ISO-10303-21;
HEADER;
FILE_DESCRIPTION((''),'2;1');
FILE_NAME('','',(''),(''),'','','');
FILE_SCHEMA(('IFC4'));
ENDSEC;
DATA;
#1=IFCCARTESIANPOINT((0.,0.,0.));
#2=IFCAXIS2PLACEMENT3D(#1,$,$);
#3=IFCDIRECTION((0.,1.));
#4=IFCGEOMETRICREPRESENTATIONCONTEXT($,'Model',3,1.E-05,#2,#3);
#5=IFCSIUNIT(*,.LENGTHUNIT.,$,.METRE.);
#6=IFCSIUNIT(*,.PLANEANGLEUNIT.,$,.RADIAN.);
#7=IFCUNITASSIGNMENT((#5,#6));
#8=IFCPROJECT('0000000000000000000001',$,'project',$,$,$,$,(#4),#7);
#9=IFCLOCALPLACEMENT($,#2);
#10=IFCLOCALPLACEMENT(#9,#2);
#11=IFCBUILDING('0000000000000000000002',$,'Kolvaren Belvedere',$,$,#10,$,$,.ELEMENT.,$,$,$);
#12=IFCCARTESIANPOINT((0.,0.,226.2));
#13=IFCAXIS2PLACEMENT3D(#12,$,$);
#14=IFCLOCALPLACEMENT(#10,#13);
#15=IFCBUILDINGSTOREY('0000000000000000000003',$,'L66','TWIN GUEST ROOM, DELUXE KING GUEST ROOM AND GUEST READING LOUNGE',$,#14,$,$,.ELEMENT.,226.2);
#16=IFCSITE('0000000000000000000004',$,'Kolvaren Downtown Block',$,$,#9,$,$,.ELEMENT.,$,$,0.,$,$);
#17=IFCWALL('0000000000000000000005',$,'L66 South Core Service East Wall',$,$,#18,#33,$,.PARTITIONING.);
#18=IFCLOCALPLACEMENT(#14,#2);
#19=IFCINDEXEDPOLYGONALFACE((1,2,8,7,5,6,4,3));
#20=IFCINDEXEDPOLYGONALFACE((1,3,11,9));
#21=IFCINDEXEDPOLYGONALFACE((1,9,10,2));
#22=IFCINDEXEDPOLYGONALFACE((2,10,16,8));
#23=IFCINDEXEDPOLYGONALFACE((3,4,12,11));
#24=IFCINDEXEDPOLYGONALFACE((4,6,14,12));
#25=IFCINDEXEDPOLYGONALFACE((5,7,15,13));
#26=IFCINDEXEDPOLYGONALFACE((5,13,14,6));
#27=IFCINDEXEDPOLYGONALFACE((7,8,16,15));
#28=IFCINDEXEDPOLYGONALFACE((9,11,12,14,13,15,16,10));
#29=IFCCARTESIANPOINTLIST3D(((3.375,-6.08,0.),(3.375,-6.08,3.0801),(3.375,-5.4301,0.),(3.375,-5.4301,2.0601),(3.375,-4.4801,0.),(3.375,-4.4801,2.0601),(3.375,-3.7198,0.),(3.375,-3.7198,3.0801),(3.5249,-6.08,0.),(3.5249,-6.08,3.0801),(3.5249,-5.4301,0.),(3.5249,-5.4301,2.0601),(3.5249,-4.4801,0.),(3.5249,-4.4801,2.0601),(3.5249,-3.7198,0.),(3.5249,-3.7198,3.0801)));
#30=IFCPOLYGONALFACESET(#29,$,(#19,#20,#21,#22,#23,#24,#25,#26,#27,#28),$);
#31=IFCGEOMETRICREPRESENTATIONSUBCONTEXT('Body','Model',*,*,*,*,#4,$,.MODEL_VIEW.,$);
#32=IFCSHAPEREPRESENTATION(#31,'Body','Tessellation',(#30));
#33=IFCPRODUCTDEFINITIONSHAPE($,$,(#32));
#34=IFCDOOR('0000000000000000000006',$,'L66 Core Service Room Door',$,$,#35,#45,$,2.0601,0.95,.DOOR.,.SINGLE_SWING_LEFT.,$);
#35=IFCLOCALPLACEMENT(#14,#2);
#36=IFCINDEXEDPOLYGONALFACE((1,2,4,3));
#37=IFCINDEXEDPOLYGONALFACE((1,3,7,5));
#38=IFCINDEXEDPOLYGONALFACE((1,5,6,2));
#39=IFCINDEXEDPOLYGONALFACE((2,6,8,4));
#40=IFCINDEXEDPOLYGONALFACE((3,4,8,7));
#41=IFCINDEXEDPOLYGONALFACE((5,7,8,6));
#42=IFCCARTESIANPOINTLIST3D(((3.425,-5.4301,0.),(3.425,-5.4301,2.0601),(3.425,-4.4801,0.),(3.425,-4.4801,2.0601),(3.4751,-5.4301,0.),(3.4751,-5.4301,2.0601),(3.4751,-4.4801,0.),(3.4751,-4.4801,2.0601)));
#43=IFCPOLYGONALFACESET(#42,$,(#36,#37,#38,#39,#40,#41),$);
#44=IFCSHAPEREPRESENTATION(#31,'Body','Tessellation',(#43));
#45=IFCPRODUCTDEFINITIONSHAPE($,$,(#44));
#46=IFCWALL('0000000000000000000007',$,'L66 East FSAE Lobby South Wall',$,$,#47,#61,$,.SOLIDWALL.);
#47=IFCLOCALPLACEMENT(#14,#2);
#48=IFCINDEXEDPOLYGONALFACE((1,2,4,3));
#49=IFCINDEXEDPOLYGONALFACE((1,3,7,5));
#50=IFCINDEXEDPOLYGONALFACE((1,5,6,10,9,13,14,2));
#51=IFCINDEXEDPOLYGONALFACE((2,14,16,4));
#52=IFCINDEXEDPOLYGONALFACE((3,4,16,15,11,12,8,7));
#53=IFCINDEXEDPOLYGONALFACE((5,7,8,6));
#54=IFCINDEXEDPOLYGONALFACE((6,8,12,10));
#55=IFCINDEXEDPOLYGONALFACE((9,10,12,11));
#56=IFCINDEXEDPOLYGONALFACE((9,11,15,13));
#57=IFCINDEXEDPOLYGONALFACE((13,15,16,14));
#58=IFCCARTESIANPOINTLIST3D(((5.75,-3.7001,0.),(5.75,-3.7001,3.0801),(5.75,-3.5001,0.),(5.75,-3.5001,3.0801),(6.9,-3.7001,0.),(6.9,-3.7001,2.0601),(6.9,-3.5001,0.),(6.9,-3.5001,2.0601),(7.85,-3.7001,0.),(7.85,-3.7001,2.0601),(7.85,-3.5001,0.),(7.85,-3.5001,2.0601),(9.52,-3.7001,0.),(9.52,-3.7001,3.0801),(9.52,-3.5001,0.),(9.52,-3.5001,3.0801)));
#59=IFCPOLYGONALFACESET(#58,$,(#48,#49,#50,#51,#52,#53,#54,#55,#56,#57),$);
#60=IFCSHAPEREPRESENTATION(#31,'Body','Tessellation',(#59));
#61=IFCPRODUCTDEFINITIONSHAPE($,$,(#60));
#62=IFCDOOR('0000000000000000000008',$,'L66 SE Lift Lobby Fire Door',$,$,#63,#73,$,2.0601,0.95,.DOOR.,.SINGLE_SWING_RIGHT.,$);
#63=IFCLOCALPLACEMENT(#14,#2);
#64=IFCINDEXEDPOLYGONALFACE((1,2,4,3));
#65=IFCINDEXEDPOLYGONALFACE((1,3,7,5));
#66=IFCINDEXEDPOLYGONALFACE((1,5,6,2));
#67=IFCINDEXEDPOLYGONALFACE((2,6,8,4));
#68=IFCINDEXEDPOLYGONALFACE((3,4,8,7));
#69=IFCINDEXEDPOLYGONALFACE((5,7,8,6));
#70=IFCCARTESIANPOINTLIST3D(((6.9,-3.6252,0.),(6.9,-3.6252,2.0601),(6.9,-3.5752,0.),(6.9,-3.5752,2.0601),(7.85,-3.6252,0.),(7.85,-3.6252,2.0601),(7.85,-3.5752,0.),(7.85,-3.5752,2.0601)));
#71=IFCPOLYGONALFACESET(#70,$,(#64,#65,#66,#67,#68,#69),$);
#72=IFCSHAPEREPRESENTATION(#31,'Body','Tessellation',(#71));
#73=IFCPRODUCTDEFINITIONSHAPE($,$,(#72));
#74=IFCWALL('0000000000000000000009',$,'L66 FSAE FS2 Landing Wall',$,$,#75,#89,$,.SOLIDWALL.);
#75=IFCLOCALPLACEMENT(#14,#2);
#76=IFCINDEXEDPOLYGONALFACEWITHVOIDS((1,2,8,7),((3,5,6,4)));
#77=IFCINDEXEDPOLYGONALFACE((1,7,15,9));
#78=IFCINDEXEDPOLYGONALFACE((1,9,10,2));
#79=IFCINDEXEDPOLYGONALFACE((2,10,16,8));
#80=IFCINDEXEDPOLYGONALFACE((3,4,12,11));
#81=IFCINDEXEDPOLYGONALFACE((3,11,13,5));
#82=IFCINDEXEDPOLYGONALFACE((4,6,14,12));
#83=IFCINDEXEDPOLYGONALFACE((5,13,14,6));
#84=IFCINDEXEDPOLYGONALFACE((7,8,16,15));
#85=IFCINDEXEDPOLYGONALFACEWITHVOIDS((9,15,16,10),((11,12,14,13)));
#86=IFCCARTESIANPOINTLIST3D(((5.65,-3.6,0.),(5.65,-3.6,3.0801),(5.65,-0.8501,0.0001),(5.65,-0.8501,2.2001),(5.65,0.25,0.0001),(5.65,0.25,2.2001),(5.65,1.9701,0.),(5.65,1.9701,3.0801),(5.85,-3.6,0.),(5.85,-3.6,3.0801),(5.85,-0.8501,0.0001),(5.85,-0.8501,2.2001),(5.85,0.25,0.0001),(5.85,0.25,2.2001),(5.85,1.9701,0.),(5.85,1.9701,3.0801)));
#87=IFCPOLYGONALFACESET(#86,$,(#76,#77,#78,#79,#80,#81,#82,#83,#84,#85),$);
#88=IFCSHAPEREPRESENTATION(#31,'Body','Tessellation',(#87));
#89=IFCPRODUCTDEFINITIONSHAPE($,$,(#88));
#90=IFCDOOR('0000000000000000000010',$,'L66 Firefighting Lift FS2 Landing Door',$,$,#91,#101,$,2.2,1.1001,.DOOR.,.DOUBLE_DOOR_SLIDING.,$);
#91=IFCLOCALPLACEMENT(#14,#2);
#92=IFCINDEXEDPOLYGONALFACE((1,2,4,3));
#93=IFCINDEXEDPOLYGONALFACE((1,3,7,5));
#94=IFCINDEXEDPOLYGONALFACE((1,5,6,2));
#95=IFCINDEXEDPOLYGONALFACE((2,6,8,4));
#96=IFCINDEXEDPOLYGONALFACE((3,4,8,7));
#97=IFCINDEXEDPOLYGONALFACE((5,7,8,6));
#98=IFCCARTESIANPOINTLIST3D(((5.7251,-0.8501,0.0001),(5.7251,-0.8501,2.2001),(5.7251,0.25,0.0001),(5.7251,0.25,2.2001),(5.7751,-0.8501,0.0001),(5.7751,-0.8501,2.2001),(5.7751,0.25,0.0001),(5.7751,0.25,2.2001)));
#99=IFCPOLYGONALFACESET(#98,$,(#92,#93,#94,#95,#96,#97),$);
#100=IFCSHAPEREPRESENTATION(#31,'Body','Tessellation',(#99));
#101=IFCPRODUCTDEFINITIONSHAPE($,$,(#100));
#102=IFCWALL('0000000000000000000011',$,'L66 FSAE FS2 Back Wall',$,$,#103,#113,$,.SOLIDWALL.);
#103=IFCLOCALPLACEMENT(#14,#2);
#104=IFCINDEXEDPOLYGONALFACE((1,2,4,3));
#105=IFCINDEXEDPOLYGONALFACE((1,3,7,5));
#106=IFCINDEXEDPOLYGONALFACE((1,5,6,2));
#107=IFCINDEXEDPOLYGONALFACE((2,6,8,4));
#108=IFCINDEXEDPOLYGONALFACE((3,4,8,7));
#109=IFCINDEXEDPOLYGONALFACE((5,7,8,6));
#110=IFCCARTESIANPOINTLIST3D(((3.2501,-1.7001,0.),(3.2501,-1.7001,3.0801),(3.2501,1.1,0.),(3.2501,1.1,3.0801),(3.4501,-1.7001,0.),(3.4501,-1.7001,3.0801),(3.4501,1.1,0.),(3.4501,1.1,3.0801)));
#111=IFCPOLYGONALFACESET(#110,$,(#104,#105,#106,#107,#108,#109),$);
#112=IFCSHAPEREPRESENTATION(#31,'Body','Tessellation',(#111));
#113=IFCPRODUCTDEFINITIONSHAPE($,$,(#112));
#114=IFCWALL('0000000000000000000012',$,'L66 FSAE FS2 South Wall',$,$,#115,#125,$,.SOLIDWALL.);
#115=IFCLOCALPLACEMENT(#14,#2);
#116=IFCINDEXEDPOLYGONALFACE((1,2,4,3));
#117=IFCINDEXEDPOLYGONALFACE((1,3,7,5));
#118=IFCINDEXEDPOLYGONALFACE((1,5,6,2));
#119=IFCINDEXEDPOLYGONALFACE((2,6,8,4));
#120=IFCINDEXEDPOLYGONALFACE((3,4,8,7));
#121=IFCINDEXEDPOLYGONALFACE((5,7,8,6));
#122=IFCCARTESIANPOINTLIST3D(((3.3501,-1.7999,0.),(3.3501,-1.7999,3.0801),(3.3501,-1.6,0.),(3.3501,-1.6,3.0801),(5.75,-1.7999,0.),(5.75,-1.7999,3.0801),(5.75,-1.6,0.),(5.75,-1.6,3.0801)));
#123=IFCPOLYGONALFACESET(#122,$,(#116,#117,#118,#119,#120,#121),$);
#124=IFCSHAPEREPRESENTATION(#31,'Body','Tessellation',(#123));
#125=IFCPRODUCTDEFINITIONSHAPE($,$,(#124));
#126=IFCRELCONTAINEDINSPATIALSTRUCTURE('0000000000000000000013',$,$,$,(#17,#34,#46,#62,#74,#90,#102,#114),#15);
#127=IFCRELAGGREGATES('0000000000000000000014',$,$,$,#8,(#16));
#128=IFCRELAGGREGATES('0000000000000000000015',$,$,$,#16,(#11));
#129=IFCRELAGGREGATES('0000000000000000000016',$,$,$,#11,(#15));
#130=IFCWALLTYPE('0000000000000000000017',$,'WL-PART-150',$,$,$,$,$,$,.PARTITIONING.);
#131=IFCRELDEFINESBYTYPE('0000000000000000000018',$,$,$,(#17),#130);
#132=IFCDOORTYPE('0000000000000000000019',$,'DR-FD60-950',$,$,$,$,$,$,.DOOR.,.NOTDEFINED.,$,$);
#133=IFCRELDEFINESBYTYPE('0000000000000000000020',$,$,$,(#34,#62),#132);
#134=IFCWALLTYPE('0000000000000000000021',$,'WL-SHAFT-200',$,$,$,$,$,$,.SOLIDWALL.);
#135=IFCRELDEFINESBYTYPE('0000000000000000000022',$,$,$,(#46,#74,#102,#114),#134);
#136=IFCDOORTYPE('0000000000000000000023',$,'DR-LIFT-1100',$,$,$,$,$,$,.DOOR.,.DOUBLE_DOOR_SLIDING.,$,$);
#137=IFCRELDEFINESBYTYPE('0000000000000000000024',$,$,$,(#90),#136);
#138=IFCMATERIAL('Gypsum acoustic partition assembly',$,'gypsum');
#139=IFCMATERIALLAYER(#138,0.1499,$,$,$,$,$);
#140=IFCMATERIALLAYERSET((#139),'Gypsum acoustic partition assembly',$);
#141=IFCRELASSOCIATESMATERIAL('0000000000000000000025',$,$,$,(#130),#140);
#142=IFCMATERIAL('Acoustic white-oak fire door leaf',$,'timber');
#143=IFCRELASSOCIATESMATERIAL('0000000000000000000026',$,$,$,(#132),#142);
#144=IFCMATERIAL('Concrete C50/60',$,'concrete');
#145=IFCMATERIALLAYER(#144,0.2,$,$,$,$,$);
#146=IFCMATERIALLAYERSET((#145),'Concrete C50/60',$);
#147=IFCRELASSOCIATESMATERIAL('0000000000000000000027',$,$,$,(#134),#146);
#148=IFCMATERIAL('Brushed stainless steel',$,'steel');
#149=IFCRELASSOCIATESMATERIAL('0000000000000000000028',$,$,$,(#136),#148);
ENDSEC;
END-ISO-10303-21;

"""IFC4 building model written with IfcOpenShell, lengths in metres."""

from ifc_helpers import new_model, si_unit, direction, frame, frame_2d, origin, place, context, subcontext, project, spatial, rectangle, extrude, material, layer, layer_set, type_object, element, fill, save


model = new_model("IFC4")

# Units and contexts
model_context = context("Model", 3, precision=1e-05, world=origin(), true_north=direction((0.0, 1.0)))
body_context = subcontext(model_context, "Body", "Model", "MODEL_VIEW")
ifc_project = project(units=[si_unit("LENGTHUNIT", "METRE"), si_unit("PLANEANGLEUNIT", "RADIAN")], contexts=[model_context])

# Site, building, storey
site_placement = place(None, origin())
site = spatial("IfcSite", under=ifc_project, at=site_placement, Name="Kolvaren Downtown Block", CompositionType="ELEMENT", RefElevation=0.0)
building_placement = place(site_placement, origin())
building = spatial("IfcBuilding", under=site, at=building_placement, Name="Kolvaren Belvedere", CompositionType="ELEMENT")
storey_placement = place(building_placement, frame((0.0, 0.0, 226.2)))
storey = spatial("IfcBuildingStorey", under=building, at=storey_placement, Name="L66", Description="TWIN GUEST ROOM, DELUXE KING GUEST ROOM AND GUEST READING LOUNGE", CompositionType="ELEMENT", Elevation=226.2)

# Walls, openings, doors
ifc_material_1 = material(Name="Gypsum acoustic partition assembly", Category="gypsum")
ifc_layer_1 = layer(ifc_material_1, 0.1499)
ifc_layer_set_1 = layer_set([ifc_layer_1], Name="Gypsum acoustic partition assembly")
wall_type_1 = type_object("IfcWallType", Name="WL-PART-150", PredefinedType="PARTITIONING", material=ifc_layer_set_1)
wall_1_placement = place(storey_placement, frame((3.45, -6.0801, 0.0), z_axis=(0.0, 0.0, 1.0), x_axis=(0.0, 1.0, 0.0)))
wall_1 = element("IfcWall", 1, at=wall_1_placement, inside=storey, type_object=wall_type_1, Name="L66 South Core Service East Wall", PredefinedType="PARTITIONING", context=body_context, shape_type="SweptSolid", body=[
    extrude(rectangle(XDim=2.3601, YDim=0.1499, at=frame_2d((1.1802, 0.0))), origin(), (0.0, 0.0, 1.0), 3.0801),
])
opening_1_placement = place(wall_1_placement, frame((0.6499, 0.0, 0.0)))
opening_1 = element("IfcOpeningElement", 2, at=opening_1_placement, cuts=wall_1, PredefinedType="OPENING", context=body_context, shape_type="SweptSolid", body=[
    extrude(rectangle(XDim=0.95, YDim=2.0601, at=frame_2d((0.4751, 1.03))), frame((0.0, 0.085, 0.0), z_axis=(0.0, -1.0, 0.0), x_axis=(1.0, 0.0, 0.0)), (0.0, 0.0, 1.0), 0.1699),
])
ifc_material_2 = material(Name="Acoustic white-oak fire door leaf", Category="timber")
door_type_1 = type_object("IfcDoorType", Name="DR-FD60-950", OperationType="NOTDEFINED", PredefinedType="DOOR", material=ifc_material_2)
door_1_placement = place(opening_1_placement, origin())
door_1 = element("IfcDoor", 3, at=door_1_placement, inside=storey, type_object=door_type_1, Name="L66 Core Service Room Door", OperationType="SINGLE_SWING_LEFT", OverallHeight=2.0601, OverallWidth=0.95, PredefinedType="DOOR", context=body_context, shape_type="SweptSolid", body=[
    extrude(rectangle(XDim=0.95, YDim=2.0601, at=frame_2d((0.4751, 1.03))), frame((0.0, 0.0249, 0.0), z_axis=(0.0, -1.0, 0.0), x_axis=(1.0, 0.0, 0.0)), (0.0, 0.0, 1.0), 0.05),
])
fill(opening_1, door_1)
ifc_material_3 = material(Name="Concrete C50/60", Category="concrete")
ifc_layer_2 = layer(ifc_material_3, 0.2)
ifc_layer_set_2 = layer_set([ifc_layer_2], Name="Concrete C50/60")
wall_type_2 = type_object("IfcWallType", Name="WL-SHAFT-200", PredefinedType="SOLIDWALL", material=ifc_layer_set_2)
wall_2_placement = place(storey_placement, frame((5.75, -3.6001, 0.0), z_axis=(0.0, 0.0, 1.0), x_axis=(1.0, 0.0, 0.0)))
wall_2 = element("IfcWall", 4, at=wall_2_placement, inside=storey, type_object=wall_type_2, Name="L66 East FSAE Lobby South Wall", PredefinedType="SOLIDWALL", context=body_context, shape_type="SweptSolid", body=[
    extrude(rectangle(XDim=3.77, YDim=0.2, at=frame_2d((1.885, 0.0))), origin(), (0.0, 0.0, 1.0), 3.0801),
])
opening_2_placement = place(wall_2_placement, frame((1.1499, 0.0, 0.0)))
opening_2 = element("IfcOpeningElement", 5, at=opening_2_placement, cuts=wall_2, PredefinedType="OPENING", context=body_context, shape_type="SweptSolid", body=[
    extrude(rectangle(XDim=0.95, YDim=2.0601, at=frame_2d((0.4751, 1.03))), frame((0.0, 0.1099, 0.0), z_axis=(0.0, -1.0, 0.0), x_axis=(1.0, 0.0, 0.0)), (0.0, 0.0, 1.0), 0.22),
])
door_2_placement = place(opening_2_placement, origin())
door_2 = element("IfcDoor", 6, at=door_2_placement, inside=storey, type_object=door_type_1, Name="L66 SE Lift Lobby Fire Door", OperationType="SINGLE_SWING_RIGHT", OverallHeight=2.0601, OverallWidth=0.95, PredefinedType="DOOR", context=body_context, shape_type="SweptSolid", body=[
    extrude(rectangle(XDim=0.95, YDim=2.0601, at=frame_2d((0.4751, 1.03))), frame((0.0, 0.0249, 0.0), z_axis=(0.0, -1.0, 0.0), x_axis=(1.0, 0.0, 0.0)), (0.0, 0.0, 1.0), 0.05),
])
fill(opening_2, door_2)
wall_3_placement = place(storey_placement, frame((5.75, -3.6001, 0.0), z_axis=(0.0, 0.0, 1.0), x_axis=(0.0, 1.0, 0.0)))
wall_3 = element("IfcWall", 7, at=wall_3_placement, inside=storey, type_object=wall_type_2, Name="L66 FSAE FS2 Landing Wall", PredefinedType="SOLIDWALL", context=body_context, shape_type="SweptSolid", body=[
    extrude(rectangle(XDim=5.5701, YDim=0.2, at=frame_2d((2.7852, 0.0))), origin(), (0.0, 0.0, 1.0), 3.0801),
])
opening_3_placement = place(wall_3_placement, frame((2.75, 0.0, 0.0)))
opening_3 = element("IfcOpeningElement", 8, at=opening_3_placement, cuts=wall_3, PredefinedType="OPENING", context=body_context, shape_type="SweptSolid", body=[
    extrude(rectangle(XDim=1.1001, YDim=2.2, at=frame_2d((0.55, 1.1001))), frame((0.0, 0.1099, 0.0), z_axis=(0.0, -1.0, 0.0), x_axis=(1.0, 0.0, 0.0)), (0.0, 0.0, 1.0), 0.22),
])
ifc_material_4 = material(Name="Brushed stainless steel", Category="steel")
door_type_2 = type_object("IfcDoorType", Name="DR-LIFT-1100", OperationType="DOUBLE_DOOR_SLIDING", PredefinedType="DOOR", material=ifc_material_4)
door_3_placement = place(opening_3_placement, origin())
door_3 = element("IfcDoor", 9, at=door_3_placement, inside=storey, type_object=door_type_2, Name="L66 Firefighting Lift FS2 Landing Door", OperationType="DOUBLE_DOOR_SLIDING", OverallHeight=2.2, OverallWidth=1.1001, PredefinedType="DOOR", context=body_context, shape_type="SweptSolid", body=[
    extrude(rectangle(XDim=1.1001, YDim=2.2, at=frame_2d((0.55, 1.1001))), frame((0.0, 0.0249, 0.0), z_axis=(0.0, -1.0, 0.0), x_axis=(1.0, 0.0, 0.0)), (0.0, 0.0, 1.0), 0.05),
])
fill(opening_3, door_3)

# Walls
wall_4_placement = place(storey_placement, frame((3.3501, -1.7, 0.0), z_axis=(0.0, 0.0, 1.0), x_axis=(0.0, 1.0, 0.0)))
element("IfcWall", 10, at=wall_4_placement, inside=storey, type_object=wall_type_2, Name="L66 FSAE FS2 Back Wall", PredefinedType="SOLIDWALL", context=body_context, shape_type="SweptSolid", body=[
    extrude(rectangle(XDim=2.8, YDim=0.2, at=frame_2d((1.3999, 0.0))), origin(), (0.0, 0.0, 1.0), 3.0801),
])
wall_5_placement = place(storey_placement, frame((3.3501, -1.7, 0.0), z_axis=(0.0, 0.0, 1.0), x_axis=(1.0, 0.0, 0.0)))
element("IfcWall", 11, at=wall_5_placement, inside=storey, type_object=wall_type_2, Name="L66 FSAE FS2 South Wall", PredefinedType="SOLIDWALL", context=body_context, shape_type="SweptSolid", body=[
    extrude(rectangle(XDim=2.3999, YDim=0.2, at=frame_2d((1.2, 0.0))), origin(), (0.0, 0.0, 1.0), 3.0801),
])

save(model, "model.ifc")
